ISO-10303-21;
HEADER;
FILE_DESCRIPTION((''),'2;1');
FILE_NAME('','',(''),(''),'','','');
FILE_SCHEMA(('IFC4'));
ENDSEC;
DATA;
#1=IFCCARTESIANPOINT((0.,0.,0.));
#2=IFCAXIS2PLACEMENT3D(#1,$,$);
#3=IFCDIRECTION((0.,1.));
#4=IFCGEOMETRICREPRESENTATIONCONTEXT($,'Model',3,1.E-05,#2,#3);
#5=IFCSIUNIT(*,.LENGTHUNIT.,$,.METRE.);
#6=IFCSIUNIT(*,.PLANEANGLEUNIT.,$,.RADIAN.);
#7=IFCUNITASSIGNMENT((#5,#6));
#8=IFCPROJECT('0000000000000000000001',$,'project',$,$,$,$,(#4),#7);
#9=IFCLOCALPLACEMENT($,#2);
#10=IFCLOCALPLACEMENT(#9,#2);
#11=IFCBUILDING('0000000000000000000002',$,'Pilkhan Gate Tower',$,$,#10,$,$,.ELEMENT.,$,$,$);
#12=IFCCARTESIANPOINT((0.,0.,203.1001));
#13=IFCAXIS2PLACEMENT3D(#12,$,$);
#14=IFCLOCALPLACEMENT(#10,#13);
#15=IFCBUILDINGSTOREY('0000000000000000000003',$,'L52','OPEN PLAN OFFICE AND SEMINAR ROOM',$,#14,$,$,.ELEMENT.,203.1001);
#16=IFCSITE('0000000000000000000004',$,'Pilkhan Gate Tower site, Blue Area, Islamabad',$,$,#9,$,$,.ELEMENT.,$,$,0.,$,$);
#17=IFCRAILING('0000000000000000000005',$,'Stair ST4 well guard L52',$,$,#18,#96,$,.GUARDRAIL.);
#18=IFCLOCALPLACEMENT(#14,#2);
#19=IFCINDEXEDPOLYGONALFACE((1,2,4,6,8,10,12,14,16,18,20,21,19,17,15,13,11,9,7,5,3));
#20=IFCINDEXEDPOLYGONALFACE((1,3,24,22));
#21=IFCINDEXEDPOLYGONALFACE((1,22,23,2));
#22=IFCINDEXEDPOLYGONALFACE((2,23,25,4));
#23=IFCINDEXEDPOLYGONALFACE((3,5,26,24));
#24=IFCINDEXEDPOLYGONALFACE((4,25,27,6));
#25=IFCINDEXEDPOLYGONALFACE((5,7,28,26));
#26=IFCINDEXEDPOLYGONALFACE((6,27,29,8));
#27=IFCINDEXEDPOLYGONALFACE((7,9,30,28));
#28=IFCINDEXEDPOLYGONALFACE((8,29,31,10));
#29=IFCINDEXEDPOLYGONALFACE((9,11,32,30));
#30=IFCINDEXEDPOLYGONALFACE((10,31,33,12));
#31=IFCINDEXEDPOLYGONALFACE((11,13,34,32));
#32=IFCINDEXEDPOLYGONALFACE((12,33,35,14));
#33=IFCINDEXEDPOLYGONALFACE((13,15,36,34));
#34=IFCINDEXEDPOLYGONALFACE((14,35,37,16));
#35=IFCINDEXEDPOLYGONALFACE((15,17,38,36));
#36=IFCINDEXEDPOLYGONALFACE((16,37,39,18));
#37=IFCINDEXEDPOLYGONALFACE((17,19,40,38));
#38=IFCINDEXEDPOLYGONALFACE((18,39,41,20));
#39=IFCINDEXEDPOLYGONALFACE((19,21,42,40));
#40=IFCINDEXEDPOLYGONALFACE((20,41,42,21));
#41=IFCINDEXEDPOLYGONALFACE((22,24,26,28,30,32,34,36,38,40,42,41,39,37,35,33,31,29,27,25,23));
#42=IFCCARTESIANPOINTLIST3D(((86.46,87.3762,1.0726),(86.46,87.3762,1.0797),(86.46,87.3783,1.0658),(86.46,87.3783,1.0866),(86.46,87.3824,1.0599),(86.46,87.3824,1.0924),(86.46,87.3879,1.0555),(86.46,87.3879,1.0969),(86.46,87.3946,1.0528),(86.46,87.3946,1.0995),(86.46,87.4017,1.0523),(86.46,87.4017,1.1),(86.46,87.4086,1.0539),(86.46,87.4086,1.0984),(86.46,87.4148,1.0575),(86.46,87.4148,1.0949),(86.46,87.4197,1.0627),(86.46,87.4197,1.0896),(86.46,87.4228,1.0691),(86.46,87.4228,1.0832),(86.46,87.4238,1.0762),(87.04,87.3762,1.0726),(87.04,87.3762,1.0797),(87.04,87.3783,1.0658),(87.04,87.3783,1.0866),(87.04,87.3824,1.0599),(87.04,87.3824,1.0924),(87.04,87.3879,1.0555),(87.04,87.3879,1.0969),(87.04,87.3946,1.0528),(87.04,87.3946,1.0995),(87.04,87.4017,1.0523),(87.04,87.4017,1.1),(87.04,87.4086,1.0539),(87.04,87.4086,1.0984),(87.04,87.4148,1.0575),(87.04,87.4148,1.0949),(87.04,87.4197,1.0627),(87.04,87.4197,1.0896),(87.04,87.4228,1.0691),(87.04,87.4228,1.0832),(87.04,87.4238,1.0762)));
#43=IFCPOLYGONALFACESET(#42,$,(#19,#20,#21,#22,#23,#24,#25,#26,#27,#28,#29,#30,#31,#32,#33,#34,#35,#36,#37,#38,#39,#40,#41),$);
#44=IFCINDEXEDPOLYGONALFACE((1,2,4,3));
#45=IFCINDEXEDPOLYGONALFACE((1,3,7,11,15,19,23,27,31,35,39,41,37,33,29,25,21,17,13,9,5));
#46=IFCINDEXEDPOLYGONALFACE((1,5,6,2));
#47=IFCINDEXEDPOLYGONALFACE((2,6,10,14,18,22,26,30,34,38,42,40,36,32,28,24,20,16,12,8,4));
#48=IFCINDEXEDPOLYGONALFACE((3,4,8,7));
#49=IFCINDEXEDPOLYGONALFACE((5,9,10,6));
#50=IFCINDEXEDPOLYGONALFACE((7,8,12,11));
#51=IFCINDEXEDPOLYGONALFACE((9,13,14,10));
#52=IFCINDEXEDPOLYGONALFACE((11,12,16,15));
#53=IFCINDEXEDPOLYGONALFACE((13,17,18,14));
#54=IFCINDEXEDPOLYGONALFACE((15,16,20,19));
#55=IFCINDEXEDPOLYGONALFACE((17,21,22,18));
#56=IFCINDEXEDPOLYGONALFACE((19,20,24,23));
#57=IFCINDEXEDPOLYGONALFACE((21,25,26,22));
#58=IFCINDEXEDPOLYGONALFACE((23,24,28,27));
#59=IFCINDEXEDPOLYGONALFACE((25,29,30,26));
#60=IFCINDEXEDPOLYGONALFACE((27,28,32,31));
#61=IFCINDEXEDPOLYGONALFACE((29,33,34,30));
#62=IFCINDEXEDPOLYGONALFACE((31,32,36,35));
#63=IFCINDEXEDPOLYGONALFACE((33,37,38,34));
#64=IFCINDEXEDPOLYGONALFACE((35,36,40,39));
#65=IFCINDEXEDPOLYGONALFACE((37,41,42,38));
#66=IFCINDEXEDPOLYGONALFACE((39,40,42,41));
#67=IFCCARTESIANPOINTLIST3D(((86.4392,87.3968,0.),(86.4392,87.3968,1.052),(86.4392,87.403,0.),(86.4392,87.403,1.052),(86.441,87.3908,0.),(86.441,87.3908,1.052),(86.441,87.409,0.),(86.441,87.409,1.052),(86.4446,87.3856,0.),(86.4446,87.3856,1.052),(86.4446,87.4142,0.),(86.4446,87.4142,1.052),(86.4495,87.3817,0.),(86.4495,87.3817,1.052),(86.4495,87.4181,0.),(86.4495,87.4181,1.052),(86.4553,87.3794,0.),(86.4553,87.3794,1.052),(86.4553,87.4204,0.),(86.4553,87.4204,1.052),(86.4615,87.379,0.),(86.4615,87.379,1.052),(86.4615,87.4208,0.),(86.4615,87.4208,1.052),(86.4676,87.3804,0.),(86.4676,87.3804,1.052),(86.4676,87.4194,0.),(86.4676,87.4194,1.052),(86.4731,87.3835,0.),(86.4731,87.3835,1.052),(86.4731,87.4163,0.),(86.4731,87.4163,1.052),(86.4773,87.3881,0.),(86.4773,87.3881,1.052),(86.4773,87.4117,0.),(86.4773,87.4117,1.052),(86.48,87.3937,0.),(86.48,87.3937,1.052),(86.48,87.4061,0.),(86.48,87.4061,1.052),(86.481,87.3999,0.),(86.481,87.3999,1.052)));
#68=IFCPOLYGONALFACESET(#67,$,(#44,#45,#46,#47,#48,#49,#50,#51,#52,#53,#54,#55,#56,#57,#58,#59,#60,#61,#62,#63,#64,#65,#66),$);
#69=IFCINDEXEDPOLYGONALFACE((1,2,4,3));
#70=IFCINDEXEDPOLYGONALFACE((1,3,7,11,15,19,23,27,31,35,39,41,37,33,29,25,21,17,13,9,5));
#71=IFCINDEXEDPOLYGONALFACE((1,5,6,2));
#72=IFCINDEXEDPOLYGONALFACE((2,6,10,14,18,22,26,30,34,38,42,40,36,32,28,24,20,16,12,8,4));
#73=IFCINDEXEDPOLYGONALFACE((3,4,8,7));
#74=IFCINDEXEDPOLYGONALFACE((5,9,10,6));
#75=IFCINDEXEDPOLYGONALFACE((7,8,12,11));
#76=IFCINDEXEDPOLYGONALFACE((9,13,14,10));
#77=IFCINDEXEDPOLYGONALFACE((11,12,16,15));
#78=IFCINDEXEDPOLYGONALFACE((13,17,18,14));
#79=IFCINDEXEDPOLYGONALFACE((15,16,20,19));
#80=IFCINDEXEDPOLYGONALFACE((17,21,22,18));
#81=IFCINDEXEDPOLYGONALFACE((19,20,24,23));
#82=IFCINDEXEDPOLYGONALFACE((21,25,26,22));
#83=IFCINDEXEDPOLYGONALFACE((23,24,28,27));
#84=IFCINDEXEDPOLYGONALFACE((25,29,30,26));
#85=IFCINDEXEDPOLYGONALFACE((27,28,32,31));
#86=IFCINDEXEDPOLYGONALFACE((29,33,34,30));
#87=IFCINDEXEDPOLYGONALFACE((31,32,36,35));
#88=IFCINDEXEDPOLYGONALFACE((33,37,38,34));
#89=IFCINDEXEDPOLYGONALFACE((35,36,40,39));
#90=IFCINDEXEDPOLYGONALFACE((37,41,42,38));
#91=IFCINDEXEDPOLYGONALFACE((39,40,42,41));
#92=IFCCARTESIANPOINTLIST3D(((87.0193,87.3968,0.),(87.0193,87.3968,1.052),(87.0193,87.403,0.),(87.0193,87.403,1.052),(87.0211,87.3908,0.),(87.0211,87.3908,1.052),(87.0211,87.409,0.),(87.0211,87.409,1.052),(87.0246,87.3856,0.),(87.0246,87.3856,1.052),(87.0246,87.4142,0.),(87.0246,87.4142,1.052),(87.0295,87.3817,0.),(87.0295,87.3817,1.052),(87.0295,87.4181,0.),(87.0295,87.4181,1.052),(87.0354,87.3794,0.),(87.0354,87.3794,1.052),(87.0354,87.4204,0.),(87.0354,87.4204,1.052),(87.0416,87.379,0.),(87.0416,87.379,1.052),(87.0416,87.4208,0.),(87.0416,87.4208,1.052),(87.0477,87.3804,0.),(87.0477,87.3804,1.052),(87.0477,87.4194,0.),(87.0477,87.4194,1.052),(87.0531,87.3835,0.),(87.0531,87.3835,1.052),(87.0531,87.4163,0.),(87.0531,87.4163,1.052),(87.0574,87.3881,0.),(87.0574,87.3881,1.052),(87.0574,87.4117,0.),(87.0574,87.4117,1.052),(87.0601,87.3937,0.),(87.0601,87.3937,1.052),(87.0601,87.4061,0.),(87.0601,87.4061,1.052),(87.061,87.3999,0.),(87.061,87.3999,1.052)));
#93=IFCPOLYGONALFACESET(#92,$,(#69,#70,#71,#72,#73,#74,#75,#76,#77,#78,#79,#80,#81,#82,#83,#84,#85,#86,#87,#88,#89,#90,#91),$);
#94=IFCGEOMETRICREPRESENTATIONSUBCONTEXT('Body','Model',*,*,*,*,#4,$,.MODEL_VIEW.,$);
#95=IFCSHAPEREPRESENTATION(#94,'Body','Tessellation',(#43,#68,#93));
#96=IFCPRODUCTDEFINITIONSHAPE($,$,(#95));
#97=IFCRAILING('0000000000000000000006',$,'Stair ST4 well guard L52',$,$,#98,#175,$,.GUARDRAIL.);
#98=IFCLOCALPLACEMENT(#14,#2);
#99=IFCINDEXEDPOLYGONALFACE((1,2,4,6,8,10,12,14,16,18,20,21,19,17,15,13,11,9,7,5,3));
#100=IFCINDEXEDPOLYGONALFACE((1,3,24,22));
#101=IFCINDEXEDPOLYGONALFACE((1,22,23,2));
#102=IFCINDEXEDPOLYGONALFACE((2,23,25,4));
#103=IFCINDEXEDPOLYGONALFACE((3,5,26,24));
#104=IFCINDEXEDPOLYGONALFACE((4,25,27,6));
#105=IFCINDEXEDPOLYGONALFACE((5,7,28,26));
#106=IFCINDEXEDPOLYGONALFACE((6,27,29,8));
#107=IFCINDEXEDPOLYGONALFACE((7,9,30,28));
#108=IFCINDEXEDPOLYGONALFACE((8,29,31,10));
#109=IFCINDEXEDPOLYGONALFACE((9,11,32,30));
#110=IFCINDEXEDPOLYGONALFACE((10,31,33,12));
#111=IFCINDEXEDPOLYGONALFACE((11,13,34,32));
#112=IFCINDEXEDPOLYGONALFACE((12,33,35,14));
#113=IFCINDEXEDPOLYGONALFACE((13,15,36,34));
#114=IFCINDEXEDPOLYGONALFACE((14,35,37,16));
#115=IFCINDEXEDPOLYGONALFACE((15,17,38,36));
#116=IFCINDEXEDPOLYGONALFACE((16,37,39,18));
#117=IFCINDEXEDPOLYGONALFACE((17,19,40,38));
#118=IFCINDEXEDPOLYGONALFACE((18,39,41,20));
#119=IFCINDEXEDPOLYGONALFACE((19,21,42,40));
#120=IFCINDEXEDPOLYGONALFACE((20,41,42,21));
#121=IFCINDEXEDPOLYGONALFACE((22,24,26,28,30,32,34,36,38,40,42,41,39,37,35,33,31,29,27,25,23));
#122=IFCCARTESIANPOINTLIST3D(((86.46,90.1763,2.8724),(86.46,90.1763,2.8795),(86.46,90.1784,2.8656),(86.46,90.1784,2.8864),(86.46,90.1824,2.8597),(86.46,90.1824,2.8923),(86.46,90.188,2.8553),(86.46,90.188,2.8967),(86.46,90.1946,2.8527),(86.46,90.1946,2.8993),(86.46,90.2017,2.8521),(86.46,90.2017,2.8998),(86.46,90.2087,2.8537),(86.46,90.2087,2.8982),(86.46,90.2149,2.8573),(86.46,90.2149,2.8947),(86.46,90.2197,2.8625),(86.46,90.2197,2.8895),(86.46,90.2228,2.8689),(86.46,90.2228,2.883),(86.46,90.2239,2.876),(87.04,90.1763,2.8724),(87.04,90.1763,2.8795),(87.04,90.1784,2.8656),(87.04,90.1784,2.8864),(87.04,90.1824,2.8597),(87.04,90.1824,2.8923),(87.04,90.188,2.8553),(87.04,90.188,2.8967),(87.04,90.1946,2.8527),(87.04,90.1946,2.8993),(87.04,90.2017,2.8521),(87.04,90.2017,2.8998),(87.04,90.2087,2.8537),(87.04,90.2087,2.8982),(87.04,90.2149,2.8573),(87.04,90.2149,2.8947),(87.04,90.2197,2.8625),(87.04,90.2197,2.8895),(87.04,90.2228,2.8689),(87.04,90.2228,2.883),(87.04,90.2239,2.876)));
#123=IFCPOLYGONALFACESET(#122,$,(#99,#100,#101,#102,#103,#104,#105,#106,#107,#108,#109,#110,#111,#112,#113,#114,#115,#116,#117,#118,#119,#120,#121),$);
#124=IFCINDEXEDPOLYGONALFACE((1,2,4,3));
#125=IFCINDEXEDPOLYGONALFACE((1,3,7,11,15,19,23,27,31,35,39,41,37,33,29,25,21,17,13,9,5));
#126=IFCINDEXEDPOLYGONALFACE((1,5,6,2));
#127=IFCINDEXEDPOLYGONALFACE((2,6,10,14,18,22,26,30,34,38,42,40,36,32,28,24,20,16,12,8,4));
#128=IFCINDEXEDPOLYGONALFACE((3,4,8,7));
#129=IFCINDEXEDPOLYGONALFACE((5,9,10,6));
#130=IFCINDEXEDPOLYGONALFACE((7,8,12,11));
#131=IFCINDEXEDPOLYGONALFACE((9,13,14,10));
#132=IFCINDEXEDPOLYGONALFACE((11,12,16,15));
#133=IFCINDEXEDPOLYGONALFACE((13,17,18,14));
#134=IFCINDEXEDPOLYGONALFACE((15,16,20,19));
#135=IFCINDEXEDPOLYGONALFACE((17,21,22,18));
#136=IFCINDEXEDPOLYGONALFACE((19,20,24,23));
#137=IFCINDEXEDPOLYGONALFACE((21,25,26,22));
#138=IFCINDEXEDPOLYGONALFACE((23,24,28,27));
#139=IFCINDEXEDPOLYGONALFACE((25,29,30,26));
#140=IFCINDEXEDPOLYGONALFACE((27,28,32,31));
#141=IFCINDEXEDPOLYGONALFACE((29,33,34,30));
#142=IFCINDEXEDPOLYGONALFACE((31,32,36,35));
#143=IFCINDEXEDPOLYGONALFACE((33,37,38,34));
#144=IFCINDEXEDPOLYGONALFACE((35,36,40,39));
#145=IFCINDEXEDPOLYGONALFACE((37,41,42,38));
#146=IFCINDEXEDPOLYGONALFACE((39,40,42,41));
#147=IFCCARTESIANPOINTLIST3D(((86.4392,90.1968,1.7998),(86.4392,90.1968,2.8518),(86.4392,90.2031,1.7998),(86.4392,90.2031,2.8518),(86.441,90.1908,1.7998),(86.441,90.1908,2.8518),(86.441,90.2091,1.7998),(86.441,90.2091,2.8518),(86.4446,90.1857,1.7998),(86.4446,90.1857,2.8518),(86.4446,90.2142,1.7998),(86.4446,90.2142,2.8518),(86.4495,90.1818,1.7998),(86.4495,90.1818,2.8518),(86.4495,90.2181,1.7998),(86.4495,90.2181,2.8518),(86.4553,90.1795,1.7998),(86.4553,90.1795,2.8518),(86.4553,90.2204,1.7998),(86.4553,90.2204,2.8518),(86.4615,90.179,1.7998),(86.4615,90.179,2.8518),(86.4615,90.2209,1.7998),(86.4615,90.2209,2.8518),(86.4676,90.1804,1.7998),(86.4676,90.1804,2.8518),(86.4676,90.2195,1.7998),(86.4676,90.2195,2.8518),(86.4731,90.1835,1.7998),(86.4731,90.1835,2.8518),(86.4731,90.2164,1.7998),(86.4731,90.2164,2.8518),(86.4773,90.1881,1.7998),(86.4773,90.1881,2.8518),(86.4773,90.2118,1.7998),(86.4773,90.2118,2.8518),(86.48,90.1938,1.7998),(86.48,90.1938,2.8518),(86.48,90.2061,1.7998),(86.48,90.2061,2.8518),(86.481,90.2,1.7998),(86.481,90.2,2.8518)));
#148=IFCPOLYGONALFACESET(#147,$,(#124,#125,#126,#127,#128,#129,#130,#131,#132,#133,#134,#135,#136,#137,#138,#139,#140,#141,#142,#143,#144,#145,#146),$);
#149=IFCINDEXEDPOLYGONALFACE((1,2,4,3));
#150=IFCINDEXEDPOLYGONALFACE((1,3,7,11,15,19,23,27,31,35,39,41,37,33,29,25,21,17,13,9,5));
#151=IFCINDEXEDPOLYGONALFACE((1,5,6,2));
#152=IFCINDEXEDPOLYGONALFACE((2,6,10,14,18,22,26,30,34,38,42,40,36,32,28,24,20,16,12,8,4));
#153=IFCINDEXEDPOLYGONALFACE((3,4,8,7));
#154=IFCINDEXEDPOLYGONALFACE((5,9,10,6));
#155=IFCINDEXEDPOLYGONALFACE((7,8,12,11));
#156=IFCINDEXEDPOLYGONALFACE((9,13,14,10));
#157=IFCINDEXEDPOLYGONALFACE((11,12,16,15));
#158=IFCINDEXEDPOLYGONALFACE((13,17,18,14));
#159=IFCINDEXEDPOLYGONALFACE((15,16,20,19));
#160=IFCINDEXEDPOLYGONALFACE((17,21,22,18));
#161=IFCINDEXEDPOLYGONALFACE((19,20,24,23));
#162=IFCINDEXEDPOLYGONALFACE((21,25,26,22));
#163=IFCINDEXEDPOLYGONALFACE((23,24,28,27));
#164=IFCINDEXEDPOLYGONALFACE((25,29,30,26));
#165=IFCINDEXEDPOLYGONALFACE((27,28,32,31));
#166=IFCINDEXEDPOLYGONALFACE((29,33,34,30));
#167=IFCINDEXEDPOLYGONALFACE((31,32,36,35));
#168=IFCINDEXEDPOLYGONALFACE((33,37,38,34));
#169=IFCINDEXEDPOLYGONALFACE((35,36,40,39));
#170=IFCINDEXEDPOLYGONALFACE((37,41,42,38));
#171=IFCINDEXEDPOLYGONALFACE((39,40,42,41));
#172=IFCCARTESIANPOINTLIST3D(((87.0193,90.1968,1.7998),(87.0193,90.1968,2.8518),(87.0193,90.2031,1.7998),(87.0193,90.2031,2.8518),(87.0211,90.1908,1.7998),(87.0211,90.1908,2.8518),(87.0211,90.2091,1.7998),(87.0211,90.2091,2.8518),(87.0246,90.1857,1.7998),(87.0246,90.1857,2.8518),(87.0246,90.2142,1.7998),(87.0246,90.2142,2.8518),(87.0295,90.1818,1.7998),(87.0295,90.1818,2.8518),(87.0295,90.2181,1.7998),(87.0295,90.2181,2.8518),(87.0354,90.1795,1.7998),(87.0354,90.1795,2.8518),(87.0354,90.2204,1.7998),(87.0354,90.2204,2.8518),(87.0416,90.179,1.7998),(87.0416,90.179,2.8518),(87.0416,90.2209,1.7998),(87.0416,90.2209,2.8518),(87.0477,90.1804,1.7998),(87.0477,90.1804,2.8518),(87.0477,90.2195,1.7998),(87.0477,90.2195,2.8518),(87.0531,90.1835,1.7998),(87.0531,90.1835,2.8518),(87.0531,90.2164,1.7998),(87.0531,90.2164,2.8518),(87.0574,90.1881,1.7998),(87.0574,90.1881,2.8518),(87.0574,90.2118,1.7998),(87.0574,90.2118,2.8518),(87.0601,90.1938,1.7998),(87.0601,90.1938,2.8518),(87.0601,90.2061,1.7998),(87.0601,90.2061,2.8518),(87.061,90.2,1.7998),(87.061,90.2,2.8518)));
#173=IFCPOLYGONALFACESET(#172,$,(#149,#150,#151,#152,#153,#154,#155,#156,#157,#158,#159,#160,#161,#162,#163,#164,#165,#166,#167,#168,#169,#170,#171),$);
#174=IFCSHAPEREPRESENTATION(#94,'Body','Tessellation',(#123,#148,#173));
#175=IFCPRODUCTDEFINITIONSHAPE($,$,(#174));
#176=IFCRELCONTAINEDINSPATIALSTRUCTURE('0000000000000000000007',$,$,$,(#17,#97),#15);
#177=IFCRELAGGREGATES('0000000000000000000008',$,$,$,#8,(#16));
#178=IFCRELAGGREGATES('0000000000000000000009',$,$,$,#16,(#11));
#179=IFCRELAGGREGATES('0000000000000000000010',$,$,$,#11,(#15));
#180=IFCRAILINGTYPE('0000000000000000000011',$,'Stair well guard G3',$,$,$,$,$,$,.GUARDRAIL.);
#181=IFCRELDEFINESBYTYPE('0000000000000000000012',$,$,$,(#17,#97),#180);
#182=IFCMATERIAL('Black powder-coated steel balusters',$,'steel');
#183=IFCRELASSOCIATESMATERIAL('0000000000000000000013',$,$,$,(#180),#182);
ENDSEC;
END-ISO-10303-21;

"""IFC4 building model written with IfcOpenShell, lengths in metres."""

from ifc_helpers import new_model, si_unit, direction, frame, origin, origin_2d, place, context, subcontext, project, spatial, circle, extrude, material, type_object, element, save


model = new_model("IFC4")

# Units and contexts
model_context = context("Model", 3, precision=1e-05, world=origin(), true_north=direction((0.0, 1.0)))
body_context = subcontext(model_context, "Body", "Model", "MODEL_VIEW")
ifc_project = project(units=[si_unit("LENGTHUNIT", "METRE"), si_unit("PLANEANGLEUNIT", "RADIAN")], contexts=[model_context])

# Site, building, storey
site_placement = place(None, origin())
site = spatial("IfcSite", under=ifc_project, at=site_placement, Name="Pilkhan Gate Tower site, Blue Area, Islamabad", CompositionType="ELEMENT", RefElevation=0.0)
building_placement = place(site_placement, origin())
building = spatial("IfcBuilding", under=site, at=building_placement, Name="Pilkhan Gate Tower", CompositionType="ELEMENT")
storey_placement = place(building_placement, frame((0.0, 0.0, 203.1001)))
storey = spatial("IfcBuildingStorey", under=building, at=storey_placement, Name="L52", Description="OPEN PLAN OFFICE AND SEMINAR ROOM", CompositionType="ELEMENT", Elevation=203.1001)

# Railings
ifc_material_1 = material(Name="Black powder-coated steel balusters", Category="steel")
railing_type_1 = type_object("IfcRailingType", Name="Stair well guard G3", PredefinedType="GUARDRAIL", material=ifc_material_1)
for number, where, name in (
    (1, (86.46, 87.3999, 0.0), "Stair ST4 well guard L52"),
    (2, (86.46, 90.2, 1.7998), "Stair ST4 well guard L52"),
):
    element("IfcRailing", number, at=place(storey_placement, frame(where)), inside=storey, type_object=railing_type_1, Name=name, PredefinedType="GUARDRAIL", context=body_context, shape_type="SweptSolid", body=[
        extrude(circle(Radius=0.0239, at=origin_2d()), frame((0.0, 0.0, 1.0762), z_axis=(1.0, 0.0, 0.0), x_axis=(0.0, 1.0, 0.0)), (0.0, 0.0, 1.0), 0.5801),
        extrude(circle(Radius=0.021, at=origin_2d()), origin(), (0.0, 0.0, 1.0), 1.052),
        extrude(circle(Radius=0.021, at=origin_2d()), frame((0.5801, 0.0, 0.0)), (0.0, 0.0, 1.0), 1.052),
    ])

save(model, "model.ifc")
